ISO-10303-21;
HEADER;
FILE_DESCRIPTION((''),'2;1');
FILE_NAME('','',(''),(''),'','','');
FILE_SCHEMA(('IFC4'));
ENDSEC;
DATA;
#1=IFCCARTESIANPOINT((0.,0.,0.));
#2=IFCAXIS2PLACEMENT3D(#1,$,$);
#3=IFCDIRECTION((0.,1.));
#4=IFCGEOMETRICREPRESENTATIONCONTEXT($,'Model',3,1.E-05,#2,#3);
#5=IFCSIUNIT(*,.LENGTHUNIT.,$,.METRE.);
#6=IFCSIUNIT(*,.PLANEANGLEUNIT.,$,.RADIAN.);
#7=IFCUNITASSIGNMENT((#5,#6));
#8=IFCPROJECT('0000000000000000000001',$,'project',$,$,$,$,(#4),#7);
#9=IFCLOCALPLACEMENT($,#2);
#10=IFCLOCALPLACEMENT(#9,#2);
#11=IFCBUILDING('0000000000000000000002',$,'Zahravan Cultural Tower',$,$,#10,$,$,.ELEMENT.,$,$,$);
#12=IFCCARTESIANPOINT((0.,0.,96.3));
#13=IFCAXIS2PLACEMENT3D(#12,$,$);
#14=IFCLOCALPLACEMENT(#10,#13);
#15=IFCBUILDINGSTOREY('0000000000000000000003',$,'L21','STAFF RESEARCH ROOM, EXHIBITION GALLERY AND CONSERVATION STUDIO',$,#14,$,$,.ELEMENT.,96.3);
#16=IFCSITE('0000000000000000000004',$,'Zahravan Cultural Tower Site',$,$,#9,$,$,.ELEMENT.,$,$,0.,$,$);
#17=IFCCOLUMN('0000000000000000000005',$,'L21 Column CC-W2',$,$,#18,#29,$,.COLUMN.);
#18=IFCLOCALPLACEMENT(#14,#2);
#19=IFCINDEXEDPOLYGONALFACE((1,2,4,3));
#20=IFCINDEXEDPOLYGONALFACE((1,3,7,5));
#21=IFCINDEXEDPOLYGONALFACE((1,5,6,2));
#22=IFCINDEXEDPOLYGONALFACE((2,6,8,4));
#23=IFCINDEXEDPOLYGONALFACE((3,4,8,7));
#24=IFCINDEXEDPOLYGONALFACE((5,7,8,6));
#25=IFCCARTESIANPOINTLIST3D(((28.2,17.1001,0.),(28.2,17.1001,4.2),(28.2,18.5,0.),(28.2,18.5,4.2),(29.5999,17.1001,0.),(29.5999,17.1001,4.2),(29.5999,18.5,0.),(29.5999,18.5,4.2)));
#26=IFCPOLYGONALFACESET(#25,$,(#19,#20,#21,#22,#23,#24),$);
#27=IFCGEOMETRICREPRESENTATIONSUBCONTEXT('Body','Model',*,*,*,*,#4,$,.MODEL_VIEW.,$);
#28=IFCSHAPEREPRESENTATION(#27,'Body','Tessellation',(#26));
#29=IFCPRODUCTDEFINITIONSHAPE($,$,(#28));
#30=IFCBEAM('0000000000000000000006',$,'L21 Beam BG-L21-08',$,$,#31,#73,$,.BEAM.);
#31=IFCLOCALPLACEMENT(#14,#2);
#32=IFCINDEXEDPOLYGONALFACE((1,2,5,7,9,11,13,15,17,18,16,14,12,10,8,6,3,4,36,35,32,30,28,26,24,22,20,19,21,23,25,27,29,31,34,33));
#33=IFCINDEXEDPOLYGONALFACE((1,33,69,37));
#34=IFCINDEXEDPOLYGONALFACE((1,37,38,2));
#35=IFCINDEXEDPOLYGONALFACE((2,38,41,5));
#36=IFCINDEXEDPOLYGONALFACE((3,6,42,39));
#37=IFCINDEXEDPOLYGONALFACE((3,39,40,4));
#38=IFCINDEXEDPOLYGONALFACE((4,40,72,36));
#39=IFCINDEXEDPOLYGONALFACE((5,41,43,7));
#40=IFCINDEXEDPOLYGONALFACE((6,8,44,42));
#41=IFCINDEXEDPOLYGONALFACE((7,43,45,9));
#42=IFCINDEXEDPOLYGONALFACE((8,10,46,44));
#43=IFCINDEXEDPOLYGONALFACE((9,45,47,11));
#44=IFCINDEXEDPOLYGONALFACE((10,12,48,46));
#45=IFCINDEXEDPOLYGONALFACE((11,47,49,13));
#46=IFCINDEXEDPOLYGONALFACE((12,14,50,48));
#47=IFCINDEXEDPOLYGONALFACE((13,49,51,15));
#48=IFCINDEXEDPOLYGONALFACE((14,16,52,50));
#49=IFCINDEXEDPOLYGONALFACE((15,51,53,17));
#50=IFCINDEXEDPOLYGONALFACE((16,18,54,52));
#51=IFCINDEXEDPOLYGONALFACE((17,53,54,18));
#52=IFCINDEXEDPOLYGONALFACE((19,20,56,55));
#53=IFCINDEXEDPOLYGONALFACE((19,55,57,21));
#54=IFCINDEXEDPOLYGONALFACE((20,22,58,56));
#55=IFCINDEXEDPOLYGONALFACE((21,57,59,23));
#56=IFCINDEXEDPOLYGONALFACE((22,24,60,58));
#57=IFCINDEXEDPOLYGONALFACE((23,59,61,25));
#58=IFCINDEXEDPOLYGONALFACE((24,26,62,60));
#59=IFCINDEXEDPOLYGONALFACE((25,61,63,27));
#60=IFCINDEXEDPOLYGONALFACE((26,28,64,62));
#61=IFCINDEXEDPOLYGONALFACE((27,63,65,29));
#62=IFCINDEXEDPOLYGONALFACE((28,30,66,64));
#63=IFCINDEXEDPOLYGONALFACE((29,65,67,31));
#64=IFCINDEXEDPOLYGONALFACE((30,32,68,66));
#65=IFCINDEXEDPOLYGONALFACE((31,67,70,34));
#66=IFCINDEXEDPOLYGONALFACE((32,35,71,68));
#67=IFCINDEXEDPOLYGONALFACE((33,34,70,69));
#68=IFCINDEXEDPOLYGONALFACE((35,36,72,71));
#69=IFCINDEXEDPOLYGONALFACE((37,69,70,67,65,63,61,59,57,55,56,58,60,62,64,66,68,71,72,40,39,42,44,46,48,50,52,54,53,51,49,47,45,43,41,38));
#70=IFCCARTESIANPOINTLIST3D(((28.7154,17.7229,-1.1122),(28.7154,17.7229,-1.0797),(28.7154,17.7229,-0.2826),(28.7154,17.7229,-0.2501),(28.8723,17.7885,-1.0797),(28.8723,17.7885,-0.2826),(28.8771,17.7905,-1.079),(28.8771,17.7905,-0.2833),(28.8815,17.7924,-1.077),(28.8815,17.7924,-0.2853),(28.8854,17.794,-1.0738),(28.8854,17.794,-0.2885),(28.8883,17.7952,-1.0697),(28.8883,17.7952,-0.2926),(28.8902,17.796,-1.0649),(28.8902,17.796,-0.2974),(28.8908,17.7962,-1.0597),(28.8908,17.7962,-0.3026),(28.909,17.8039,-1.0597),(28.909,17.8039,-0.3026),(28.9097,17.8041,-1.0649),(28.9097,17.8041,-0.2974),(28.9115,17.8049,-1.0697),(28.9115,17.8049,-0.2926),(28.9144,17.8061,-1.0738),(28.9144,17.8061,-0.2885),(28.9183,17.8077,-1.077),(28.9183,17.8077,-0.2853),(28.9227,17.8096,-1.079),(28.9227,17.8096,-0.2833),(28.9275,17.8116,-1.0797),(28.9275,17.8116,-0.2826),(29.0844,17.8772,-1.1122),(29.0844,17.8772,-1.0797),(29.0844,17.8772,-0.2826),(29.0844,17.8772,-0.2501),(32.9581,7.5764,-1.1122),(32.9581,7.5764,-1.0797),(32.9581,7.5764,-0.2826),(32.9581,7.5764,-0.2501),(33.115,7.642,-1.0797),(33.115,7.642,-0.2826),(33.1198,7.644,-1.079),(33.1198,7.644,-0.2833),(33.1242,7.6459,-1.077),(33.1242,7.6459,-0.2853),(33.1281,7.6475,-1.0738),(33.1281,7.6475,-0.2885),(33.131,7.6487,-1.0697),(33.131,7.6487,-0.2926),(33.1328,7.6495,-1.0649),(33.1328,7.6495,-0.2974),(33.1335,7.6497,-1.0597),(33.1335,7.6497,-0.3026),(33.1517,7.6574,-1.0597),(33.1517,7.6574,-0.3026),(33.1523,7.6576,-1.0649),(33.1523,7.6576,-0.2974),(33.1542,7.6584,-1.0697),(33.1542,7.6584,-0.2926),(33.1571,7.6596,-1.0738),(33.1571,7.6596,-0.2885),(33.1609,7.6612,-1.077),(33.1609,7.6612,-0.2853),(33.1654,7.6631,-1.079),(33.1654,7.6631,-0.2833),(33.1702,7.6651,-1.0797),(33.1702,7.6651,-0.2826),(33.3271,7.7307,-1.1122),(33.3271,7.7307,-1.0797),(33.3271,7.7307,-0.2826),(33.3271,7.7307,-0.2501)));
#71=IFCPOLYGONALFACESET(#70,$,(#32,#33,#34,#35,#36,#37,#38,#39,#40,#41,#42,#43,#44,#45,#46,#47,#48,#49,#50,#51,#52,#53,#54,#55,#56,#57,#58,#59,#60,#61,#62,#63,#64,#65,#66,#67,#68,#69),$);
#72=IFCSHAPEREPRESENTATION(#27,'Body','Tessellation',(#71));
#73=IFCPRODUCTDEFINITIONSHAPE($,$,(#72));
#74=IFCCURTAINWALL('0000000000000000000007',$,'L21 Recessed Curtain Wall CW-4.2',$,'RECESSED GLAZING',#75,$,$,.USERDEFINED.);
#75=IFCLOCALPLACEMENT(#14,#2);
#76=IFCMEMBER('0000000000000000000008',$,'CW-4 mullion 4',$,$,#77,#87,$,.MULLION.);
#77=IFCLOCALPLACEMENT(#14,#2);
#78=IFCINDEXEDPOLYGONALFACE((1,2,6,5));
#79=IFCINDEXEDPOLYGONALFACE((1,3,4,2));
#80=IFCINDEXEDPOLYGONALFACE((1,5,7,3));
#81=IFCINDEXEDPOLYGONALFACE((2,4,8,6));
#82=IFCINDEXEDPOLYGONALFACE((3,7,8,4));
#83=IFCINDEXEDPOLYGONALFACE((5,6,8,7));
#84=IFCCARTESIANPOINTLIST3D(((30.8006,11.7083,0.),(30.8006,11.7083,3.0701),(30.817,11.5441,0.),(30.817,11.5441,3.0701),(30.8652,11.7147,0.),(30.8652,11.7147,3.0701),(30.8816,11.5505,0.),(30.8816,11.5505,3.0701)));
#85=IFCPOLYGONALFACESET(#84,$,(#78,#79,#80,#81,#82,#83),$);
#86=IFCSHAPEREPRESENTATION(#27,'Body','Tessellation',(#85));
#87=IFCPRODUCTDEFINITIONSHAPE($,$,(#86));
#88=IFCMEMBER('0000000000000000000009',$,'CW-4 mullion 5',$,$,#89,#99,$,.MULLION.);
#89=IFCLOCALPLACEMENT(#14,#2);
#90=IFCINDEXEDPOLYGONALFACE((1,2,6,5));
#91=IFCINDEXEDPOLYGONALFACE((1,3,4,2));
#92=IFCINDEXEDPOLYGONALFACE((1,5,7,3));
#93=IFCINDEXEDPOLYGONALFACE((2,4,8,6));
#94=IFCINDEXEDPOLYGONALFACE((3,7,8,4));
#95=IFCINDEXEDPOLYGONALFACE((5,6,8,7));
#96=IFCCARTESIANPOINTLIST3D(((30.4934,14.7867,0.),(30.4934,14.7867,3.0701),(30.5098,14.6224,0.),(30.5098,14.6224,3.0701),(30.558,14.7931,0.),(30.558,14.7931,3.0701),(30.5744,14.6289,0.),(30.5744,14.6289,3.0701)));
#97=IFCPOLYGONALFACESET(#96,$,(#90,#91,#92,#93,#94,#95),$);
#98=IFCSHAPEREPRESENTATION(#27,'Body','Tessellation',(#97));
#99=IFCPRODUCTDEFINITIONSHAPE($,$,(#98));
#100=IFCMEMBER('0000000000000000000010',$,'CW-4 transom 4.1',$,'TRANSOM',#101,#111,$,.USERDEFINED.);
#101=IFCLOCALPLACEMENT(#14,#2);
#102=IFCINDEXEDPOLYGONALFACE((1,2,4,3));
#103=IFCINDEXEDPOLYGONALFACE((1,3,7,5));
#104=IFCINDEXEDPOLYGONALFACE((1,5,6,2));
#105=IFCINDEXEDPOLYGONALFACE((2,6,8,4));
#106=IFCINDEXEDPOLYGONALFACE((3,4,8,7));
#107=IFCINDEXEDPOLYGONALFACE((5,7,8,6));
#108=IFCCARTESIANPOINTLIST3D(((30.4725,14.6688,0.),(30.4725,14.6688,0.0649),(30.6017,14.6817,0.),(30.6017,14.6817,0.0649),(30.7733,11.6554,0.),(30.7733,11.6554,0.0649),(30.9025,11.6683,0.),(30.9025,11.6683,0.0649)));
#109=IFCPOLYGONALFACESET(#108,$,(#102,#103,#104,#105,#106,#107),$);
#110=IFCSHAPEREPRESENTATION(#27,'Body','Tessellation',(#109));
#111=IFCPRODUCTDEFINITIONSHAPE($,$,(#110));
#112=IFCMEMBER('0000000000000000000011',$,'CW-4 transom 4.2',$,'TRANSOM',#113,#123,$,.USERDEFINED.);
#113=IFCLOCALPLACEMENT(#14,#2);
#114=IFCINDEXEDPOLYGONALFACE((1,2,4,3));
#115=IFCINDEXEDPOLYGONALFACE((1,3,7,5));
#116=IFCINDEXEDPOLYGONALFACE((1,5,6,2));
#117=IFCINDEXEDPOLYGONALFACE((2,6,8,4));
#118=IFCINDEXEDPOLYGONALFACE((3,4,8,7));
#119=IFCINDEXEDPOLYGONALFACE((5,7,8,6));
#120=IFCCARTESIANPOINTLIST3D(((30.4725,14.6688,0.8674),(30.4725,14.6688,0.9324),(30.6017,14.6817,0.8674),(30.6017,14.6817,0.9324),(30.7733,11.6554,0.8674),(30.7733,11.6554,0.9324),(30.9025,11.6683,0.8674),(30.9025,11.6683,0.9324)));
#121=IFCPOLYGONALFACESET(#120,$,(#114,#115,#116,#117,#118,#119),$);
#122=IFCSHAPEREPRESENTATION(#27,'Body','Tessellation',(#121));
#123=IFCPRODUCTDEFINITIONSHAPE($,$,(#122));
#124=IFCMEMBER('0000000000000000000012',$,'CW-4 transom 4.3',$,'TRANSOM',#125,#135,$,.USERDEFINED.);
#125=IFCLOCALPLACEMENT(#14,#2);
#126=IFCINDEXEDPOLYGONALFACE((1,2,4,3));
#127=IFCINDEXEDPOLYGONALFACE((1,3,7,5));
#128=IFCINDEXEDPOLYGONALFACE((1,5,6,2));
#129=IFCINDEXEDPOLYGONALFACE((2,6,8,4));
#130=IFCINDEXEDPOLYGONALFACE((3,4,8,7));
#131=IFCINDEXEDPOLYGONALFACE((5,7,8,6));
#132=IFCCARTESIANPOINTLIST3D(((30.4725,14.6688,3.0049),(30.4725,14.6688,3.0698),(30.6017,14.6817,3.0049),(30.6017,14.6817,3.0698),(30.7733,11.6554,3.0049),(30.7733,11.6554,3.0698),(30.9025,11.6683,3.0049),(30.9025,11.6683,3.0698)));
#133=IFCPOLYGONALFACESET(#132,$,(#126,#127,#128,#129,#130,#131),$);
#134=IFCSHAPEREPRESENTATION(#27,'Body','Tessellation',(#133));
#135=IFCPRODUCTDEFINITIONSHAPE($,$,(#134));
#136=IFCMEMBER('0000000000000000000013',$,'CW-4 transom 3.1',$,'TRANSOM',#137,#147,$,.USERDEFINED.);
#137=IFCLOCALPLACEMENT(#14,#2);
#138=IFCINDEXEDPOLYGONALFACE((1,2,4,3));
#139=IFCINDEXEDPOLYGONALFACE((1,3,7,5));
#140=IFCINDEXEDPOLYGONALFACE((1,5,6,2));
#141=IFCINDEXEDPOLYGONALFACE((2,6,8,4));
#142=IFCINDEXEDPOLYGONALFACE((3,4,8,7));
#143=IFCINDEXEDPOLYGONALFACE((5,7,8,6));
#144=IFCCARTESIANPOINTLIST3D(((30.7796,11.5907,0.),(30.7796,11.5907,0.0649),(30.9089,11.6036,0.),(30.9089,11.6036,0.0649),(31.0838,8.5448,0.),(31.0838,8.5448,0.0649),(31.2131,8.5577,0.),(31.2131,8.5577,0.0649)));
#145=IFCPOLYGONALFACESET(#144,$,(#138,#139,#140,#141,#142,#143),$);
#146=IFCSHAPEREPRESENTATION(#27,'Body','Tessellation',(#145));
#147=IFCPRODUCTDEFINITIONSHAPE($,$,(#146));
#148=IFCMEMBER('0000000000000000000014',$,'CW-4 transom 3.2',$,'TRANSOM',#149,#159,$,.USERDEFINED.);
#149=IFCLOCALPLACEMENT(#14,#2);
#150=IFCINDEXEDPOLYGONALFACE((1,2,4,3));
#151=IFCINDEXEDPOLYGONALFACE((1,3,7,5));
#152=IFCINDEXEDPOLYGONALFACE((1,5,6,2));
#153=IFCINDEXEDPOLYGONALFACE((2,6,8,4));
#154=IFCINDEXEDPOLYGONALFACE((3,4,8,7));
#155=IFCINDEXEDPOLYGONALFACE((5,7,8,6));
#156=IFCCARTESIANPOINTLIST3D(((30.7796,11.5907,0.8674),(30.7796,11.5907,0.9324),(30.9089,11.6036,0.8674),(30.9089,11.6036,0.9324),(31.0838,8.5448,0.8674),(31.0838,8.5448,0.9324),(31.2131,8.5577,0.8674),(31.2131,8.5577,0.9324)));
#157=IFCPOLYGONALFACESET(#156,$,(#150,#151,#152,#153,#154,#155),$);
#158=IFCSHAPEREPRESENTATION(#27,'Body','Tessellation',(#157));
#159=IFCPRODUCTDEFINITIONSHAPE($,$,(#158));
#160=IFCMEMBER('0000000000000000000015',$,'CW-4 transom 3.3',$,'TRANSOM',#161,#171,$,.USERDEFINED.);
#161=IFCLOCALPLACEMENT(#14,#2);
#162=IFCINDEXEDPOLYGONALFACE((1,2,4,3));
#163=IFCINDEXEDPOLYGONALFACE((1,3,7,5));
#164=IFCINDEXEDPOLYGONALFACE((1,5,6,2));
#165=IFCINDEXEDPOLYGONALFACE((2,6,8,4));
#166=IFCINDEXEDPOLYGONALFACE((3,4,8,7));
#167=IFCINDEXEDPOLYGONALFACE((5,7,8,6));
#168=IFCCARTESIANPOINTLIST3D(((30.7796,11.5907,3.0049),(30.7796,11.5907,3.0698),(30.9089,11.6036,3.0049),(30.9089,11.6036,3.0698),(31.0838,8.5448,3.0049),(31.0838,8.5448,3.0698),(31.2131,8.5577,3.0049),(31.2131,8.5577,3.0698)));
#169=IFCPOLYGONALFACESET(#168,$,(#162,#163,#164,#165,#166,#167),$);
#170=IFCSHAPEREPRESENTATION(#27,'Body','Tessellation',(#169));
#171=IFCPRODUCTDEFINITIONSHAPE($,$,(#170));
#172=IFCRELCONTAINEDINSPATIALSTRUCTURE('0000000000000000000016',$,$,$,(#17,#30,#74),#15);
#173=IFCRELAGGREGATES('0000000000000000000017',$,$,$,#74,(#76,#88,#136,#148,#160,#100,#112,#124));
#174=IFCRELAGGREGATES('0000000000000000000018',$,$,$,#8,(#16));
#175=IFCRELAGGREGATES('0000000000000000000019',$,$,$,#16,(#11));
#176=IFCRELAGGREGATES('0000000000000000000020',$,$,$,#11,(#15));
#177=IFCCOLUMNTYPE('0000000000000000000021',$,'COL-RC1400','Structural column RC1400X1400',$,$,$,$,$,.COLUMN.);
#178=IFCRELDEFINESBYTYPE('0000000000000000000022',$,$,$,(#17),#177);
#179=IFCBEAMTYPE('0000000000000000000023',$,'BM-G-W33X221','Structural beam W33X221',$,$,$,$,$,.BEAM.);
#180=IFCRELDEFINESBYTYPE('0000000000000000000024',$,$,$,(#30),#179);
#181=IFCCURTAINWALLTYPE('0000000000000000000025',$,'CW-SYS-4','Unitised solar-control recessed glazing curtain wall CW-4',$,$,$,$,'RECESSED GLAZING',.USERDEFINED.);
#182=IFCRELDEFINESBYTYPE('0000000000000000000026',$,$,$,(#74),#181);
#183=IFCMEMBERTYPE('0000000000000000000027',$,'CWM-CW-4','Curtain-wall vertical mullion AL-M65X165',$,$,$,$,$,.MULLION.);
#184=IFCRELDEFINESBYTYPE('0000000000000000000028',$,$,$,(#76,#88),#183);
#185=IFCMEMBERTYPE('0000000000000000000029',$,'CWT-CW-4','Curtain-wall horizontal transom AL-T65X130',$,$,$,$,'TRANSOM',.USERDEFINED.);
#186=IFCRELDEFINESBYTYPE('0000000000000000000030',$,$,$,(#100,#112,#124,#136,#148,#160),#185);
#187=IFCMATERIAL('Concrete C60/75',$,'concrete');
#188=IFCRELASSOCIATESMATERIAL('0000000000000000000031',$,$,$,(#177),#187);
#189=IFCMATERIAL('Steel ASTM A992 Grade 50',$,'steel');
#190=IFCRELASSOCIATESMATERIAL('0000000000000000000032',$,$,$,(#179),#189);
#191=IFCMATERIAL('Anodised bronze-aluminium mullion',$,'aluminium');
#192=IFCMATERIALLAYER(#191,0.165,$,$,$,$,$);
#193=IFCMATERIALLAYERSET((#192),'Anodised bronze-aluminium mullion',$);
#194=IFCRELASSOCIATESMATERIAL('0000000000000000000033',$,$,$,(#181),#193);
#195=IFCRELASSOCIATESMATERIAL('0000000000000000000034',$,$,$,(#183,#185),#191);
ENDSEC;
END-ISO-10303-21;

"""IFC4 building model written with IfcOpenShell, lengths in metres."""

from ifc_helpers import new_model, si_unit, direction, frame, origin, origin_2d, place, context, subcontext, project, spatial, rectangle, i_section, extrude, source, transform, mapped, material, layer, layer_set, material_profile, profile_set, type_object, element, aggregate, save


model = new_model("IFC4")

# Units and contexts
model_context = context("Model", 3, precision=1e-05, world=origin(), true_north=direction((0.0, 1.0)))
body_context = subcontext(model_context, "Body", "Model", "MODEL_VIEW")
ifc_project = project(units=[si_unit("LENGTHUNIT", "METRE"), si_unit("PLANEANGLEUNIT", "RADIAN")], contexts=[model_context])

# Site, building, storey
site_placement = place(None, origin())
site = spatial("IfcSite", under=ifc_project, at=site_placement, Name="Zahravan Cultural Tower Site", CompositionType="ELEMENT", RefElevation=0.0)
building_placement = place(site_placement, origin())
building = spatial("IfcBuilding", under=site, at=building_placement, Name="Zahravan Cultural Tower", CompositionType="ELEMENT")
storey_placement = place(building_placement, frame((0.0, 0.0, 96.3)))
storey = spatial("IfcBuildingStorey", under=building, at=storey_placement, Name="L21", Description="STAFF RESEARCH ROOM, EXHIBITION GALLERY AND CONSERVATION STUDIO", CompositionType="ELEMENT", Elevation=96.3)

# Column
ifc_material_1 = material(Name="Concrete C60/75", Category="concrete")
ifc_material_profile_1 = material_profile(ifc_material_1, rectangle(XDim=1.3999, YDim=1.3999, at=origin_2d()), Name="RC1400X1400")
ifc_profile_set_1 = profile_set([ifc_material_profile_1], Name="Concrete C60/75")
column_type = type_object("IfcColumnType", Name="COL-RC1400", Description="Structural column RC1400X1400", PredefinedType="COLUMN", material=ifc_profile_set_1)
shared_shape_1 = source(origin(), body_context, "Body", "SweptSolid", [
    extrude(rectangle(XDim=1.3999, YDim=1.3999, at=origin_2d()), origin(), (0.0, 0.0, 1.0), 4.2),
])
column_placement = place(storey_placement, frame((28.8999, 17.8, 0.0), z_axis=(0.0, 0.0, 1.0), x_axis=(1.0, 0.0, 0.0)))
element("IfcColumn", 1, at=column_placement, inside=storey, type_object=column_type, Name="L21 Column CC-W2", PredefinedType="COLUMN", context=body_context, shape_type="MappedRepresentation", body=[
    mapped(shared_shape_1, transform((0.0, 0.0, 0.0), x_axis=(1.0, 0.0, 0.0), y_axis=(0.0, 1.0, 0.0), z_axis=(0.0, 0.0, 1.0), scale=1.0)),
])

# Beam
ifc_material_2 = material(Name="Steel ASTM A992 Grade 50", Category="steel")
ifc_material_profile_2 = material_profile(ifc_material_2, i_section(OverallWidth=0.3999, OverallDepth=0.8621, WebThickness=0.0198, FlangeThickness=0.0325, FilletRadius=0.02, at=origin_2d()), Name="W33X221")
ifc_profile_set_2 = profile_set([ifc_material_profile_2], Name="Steel ASTM A992 Grade 50")
beam_type = type_object("IfcBeamType", Name="BM-G-W33X221", Description="Structural beam W33X221", PredefinedType="BEAM", material=ifc_profile_set_2)
shared_shape_2 = source(origin(), body_context, "Body", "SweptSolid", [
    extrude(i_section(OverallWidth=0.3999, OverallDepth=0.8621, WebThickness=0.0198, FlangeThickness=0.0325, FilletRadius=0.02, at=origin_2d()), origin(), (0.0, 0.0, 1.0), 10.9978),
])
beam_placement = place(storey_placement, frame((28.8999, 17.8, -0.6812), z_axis=(0.385775, -0.922593, 0.0), x_axis=(0.922593, 0.385775, 0.0)))
element("IfcBeam", 2, at=beam_placement, inside=storey, type_object=beam_type, Name="L21 Beam BG-L21-08", PredefinedType="BEAM", context=body_context, shape_type="MappedRepresentation", body=[
    mapped(shared_shape_2, transform((0.0, 0.0, 0.0), x_axis=(1.0, 0.0, 0.0), y_axis=(0.0, 1.0, 0.0), z_axis=(0.0, 0.0, 1.0), scale=1.0)),
])

# Curtain wall, members
ifc_material_3 = material(Name="Anodised bronze-aluminium mullion", Category="aluminium")
ifc_layer_1 = layer(ifc_material_3, 0.165)
ifc_layer_set_1 = layer_set([ifc_layer_1], Name="Anodised bronze-aluminium mullion")
curtain_wall_type = type_object("IfcCurtainWallType", Name="CW-SYS-4", Description="Unitised solar-control recessed glazing curtain wall CW-4", ElementType="RECESSED GLAZING", PredefinedType="USERDEFINED", material=ifc_layer_set_1)
curtain_wall_placement = place(storey_placement, origin())
curtain_wall = element("IfcCurtainWall", 3, at=curtain_wall_placement, inside=storey, type_object=curtain_wall_type, Name="L21 Recessed Curtain Wall CW-4.2", ObjectType="RECESSED GLAZING", PredefinedType="USERDEFINED")
ifc_material_profile_3 = material_profile(ifc_material_3, rectangle(XDim=0.0649, YDim=0.165, at=origin_2d()), Name="AL-M65X165")
ifc_profile_set_3 = profile_set([ifc_material_profile_3], Name="Anodised bronze-aluminium mullion")
member_type_1 = type_object("IfcMemberType", Name="CWM-CW-4", Description="Curtain-wall vertical mullion AL-M65X165", PredefinedType="MULLION", material=ifc_profile_set_3)
shared_shape_3 = source(origin(), body_context, "Body", "SweptSolid", [
    extrude(rectangle(XDim=0.0649, YDim=0.165, at=origin_2d()), origin(), (0.0, 0.0, 1.0), 3.0701),
])
member_1_placement = place(storey_placement, frame((30.8411, 11.6294, 0.0), z_axis=(0.0, 0.0, 1.0), x_axis=(-0.995055, -0.099322, 0.0)))
member_1 = element("IfcMember", 4, at=member_1_placement, type_object=member_type_1, Name="CW-4 mullion 4", PredefinedType="MULLION", context=body_context, shape_type="MappedRepresentation", body=[
    mapped(shared_shape_3, transform((0.0, 0.0, 0.0), x_axis=(1.0, 0.0, 0.0), y_axis=(0.0, 1.0, 0.0), z_axis=(0.0, 0.0, 1.0), scale=1.0)),
])
member_2_placement = place(storey_placement, frame((30.5339, 14.7078, 0.0), z_axis=(0.0, 0.0, 1.0), x_axis=(-0.995055, -0.099322, 0.0)))
member_2 = element("IfcMember", 5, at=member_2_placement, type_object=member_type_1, Name="CW-4 mullion 5", PredefinedType="MULLION", context=body_context, shape_type="MappedRepresentation", body=[
    mapped(shared_shape_3, transform((0.0, 0.0, 0.0), x_axis=(1.0, 0.0, 0.0), y_axis=(0.0, 1.0, 0.0), z_axis=(0.0, 0.0, 1.0), scale=1.0)),
])
ifc_material_profile_4 = material_profile(ifc_material_3, rectangle(XDim=0.1299, YDim=0.0649, at=origin_2d()), Name="AL-T65X130")
ifc_profile_set_4 = profile_set([ifc_material_profile_4], Name="Anodised bronze-aluminium mullion")
member_type_2 = type_object("IfcMemberType", Name="CWT-CW-4", Description="Curtain-wall horizontal transom AL-T65X130", ElementType="TRANSOM", PredefinedType="USERDEFINED", material=ifc_profile_set_4)
shared_shape_4 = source(origin(), body_context, "Body", "SweptSolid", [
    extrude(rectangle(XDim=0.1299, YDim=0.0649, at=origin_2d()), origin(), (0.0, 0.0, 1.0), 3.0283),
])
member_3_placement = place(storey_placement, frame((30.8379, 11.6619, 0.0325), z_axis=(-0.09932, 0.995056, 0.0), x_axis=(-0.995056, -0.09932, 0.0)))
member_3 = element("IfcMember", 6, at=member_3_placement, type_object=member_type_2, Name="CW-4 transom 4.1", ObjectType="TRANSOM", PredefinedType="USERDEFINED", context=body_context, shape_type="MappedRepresentation", body=[
    mapped(shared_shape_4, transform((0.0, 0.0, 0.0), x_axis=(1.0, 0.0, 0.0), y_axis=(0.0, 1.0, 0.0), z_axis=(0.0, 0.0, 1.0), scale=1.0)),
])
member_4_placement = place(storey_placement, frame((30.8379, 11.6619, 0.8999), z_axis=(-0.09932, 0.995056, 0.0), x_axis=(-0.995056, -0.09932, 0.0)))
member_4 = element("IfcMember", 7, at=member_4_placement, type_object=member_type_2, Name="CW-4 transom 4.2", ObjectType="TRANSOM", PredefinedType="USERDEFINED", context=body_context, shape_type="MappedRepresentation", body=[
    mapped(shared_shape_4, transform((0.0, 0.0, 0.0), x_axis=(1.0, 0.0, 0.0), y_axis=(0.0, 1.0, 0.0), z_axis=(0.0, 0.0, 1.0), scale=1.0)),
])
member_5_placement = place(storey_placement, frame((30.8379, 11.6619, 3.0374), z_axis=(-0.09932, 0.995056, 0.0), x_axis=(-0.995056, -0.09932, 0.0)))
member_5 = element("IfcMember", 8, at=member_5_placement, type_object=member_type_2, Name="CW-4 transom 4.3", ObjectType="TRANSOM", PredefinedType="USERDEFINED", context=body_context, shape_type="MappedRepresentation", body=[
    mapped(shared_shape_4, transform((0.0, 0.0, 0.0), x_axis=(1.0, 0.0, 0.0), y_axis=(0.0, 1.0, 0.0), z_axis=(0.0, 0.0, 1.0), scale=1.0)),
])
shared_shape_5 = source(origin(), body_context, "Body", "SweptSolid", [
    extrude(rectangle(XDim=0.1299, YDim=0.0649, at=origin_2d()), origin(), (0.0, 0.0, 1.0), 3.061),
])
member_6_placement = place(storey_placement, frame((31.1484, 8.5513, 0.0325), z_axis=(-0.099377, 0.99505, 0.0), x_axis=(-0.99505, -0.099377, 0.0)))
member_6 = element("IfcMember", 9, at=member_6_placement, type_object=member_type_2, Name="CW-4 transom 3.1", ObjectType="TRANSOM", PredefinedType="USERDEFINED", context=body_context, shape_type="MappedRepresentation", body=[
    mapped(shared_shape_5, transform((0.0, 0.0, 0.0), x_axis=(1.0, 0.0, 0.0), y_axis=(0.0, 1.0, 0.0), z_axis=(0.0, 0.0, 1.0), scale=1.0)),
])
member_7_placement = place(storey_placement, frame((31.1484, 8.5513, 0.8999), z_axis=(-0.099377, 0.99505, 0.0), x_axis=(-0.99505, -0.099377, 0.0)))
member_7 = element("IfcMember", 10, at=member_7_placement, type_object=member_type_2, Name="CW-4 transom 3.2", ObjectType="TRANSOM", PredefinedType="USERDEFINED", context=body_context, shape_type="MappedRepresentation", body=[
    mapped(shared_shape_5, transform((0.0, 0.0, 0.0), x_axis=(1.0, 0.0, 0.0), y_axis=(0.0, 1.0, 0.0), z_axis=(0.0, 0.0, 1.0), scale=1.0)),
])
member_8_placement = place(storey_placement, frame((31.1484, 8.5513, 3.0374), z_axis=(-0.099377, 0.99505, 0.0), x_axis=(-0.99505, -0.099377, 0.0)))
member_8 = element("IfcMember", 11, at=member_8_placement, type_object=member_type_2, Name="CW-4 transom 3.3", ObjectType="TRANSOM", PredefinedType="USERDEFINED", context=body_context, shape_type="MappedRepresentation", body=[
    mapped(shared_shape_5, transform((0.0, 0.0, 0.0), x_axis=(1.0, 0.0, 0.0), y_axis=(0.0, 1.0, 0.0), z_axis=(0.0, 0.0, 1.0), scale=1.0)),
])
aggregate(curtain_wall, [member_1, member_2, member_6, member_7, member_8, member_3, member_4, member_5])

save(model, "model.ifc")
